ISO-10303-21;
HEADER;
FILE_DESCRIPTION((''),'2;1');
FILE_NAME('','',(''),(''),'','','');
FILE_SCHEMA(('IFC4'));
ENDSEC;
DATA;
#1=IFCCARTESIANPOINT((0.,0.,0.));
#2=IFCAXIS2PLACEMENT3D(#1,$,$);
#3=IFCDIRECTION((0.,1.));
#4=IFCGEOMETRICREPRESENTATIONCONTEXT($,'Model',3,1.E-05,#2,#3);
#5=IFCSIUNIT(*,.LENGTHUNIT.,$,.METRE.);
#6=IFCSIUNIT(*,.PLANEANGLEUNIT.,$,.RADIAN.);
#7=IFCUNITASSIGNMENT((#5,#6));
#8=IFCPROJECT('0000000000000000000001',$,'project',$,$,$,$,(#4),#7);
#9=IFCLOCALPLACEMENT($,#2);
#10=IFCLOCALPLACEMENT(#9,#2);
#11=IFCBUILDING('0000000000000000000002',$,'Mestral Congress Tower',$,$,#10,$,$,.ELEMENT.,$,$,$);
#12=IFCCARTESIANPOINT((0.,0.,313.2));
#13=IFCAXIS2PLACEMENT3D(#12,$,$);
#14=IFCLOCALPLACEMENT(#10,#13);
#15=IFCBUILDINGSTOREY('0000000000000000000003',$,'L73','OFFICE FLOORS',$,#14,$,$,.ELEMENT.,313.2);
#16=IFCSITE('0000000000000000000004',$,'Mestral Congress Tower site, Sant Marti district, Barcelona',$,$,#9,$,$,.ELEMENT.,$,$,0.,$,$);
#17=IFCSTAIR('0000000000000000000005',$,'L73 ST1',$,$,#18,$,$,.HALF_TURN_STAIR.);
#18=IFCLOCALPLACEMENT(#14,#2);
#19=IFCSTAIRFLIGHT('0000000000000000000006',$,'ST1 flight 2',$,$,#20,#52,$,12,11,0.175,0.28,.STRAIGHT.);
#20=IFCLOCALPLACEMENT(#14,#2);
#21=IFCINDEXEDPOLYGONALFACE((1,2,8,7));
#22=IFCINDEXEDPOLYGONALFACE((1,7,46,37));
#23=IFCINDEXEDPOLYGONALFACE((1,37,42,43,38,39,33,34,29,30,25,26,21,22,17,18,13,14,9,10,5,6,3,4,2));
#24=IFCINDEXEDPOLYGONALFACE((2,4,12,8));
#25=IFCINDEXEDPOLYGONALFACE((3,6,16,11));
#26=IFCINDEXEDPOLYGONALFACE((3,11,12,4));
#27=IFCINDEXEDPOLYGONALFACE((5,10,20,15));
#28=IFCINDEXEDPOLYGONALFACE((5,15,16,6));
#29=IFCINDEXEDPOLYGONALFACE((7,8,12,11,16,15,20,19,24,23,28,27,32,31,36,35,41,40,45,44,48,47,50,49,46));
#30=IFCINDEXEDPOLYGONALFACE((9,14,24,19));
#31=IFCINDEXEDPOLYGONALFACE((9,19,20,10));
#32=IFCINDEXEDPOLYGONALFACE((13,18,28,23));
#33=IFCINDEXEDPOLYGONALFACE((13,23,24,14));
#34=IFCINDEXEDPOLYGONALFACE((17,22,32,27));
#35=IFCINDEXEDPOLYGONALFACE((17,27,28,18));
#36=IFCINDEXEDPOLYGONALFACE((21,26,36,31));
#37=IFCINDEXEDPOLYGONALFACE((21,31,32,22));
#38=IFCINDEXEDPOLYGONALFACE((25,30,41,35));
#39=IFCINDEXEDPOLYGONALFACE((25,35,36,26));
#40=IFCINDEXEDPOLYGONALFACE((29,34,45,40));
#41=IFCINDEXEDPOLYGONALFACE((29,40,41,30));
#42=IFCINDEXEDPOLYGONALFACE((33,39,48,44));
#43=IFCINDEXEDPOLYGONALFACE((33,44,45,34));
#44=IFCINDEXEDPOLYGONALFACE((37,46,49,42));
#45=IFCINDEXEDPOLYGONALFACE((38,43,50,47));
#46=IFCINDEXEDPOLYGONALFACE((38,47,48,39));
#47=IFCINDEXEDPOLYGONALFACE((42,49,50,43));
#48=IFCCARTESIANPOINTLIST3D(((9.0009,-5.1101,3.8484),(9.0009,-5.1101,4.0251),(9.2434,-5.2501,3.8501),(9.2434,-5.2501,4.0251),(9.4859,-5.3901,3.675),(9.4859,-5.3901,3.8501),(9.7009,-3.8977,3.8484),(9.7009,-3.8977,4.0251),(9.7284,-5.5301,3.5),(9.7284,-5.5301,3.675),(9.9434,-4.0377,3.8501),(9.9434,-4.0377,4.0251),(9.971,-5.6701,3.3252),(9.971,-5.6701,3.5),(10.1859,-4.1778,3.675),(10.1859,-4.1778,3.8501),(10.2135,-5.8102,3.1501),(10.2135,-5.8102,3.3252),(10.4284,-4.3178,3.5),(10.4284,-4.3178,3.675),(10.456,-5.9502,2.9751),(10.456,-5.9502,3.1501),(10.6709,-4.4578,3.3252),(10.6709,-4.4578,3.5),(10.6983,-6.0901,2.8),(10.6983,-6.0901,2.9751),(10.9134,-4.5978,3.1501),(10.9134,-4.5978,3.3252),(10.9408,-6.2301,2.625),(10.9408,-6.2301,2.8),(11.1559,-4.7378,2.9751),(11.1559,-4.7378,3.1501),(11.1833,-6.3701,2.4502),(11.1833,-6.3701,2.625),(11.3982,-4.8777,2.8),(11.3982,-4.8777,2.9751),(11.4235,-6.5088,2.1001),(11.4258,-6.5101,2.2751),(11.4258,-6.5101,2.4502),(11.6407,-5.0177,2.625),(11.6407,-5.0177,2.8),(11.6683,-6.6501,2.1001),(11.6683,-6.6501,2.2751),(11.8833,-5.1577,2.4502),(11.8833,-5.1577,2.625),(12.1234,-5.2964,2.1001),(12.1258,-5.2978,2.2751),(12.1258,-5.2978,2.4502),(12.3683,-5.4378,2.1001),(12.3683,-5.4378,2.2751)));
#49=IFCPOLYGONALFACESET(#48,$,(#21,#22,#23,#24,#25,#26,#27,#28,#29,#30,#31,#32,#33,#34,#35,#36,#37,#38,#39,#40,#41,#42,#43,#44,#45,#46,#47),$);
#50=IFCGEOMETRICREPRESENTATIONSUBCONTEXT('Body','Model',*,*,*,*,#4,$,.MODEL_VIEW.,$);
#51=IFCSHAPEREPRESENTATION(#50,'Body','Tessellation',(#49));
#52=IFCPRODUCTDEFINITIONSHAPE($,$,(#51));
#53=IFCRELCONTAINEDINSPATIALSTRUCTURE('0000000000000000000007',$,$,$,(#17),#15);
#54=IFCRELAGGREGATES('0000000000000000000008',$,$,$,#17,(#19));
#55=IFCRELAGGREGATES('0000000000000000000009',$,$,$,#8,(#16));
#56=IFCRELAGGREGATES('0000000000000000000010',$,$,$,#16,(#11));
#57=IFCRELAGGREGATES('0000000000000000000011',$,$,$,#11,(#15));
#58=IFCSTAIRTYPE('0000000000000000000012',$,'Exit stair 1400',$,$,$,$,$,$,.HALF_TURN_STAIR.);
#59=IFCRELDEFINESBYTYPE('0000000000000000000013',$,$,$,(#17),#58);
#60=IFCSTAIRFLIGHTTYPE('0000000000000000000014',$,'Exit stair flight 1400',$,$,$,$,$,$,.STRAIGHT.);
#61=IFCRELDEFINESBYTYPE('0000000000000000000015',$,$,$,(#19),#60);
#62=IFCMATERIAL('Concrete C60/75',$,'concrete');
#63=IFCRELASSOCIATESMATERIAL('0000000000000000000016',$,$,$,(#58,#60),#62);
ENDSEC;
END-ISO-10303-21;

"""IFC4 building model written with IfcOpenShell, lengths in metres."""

from ifc_helpers import new_model, si_unit, direction, frame, origin, place, context, subcontext, project, spatial, polyline, outline, extrude, material, type_object, element, aggregate, save


model = new_model("IFC4")

# Units and contexts
model_context = context("Model", 3, precision=1e-05, world=origin(), true_north=direction((0.0, 1.0)))
body_context = subcontext(model_context, "Body", "Model", "MODEL_VIEW")
ifc_project = project(units=[si_unit("LENGTHUNIT", "METRE"), si_unit("PLANEANGLEUNIT", "RADIAN")], contexts=[model_context])

# Site, building, storey
site_placement = place(None, origin())
site = spatial("IfcSite", under=ifc_project, at=site_placement, Name="Mestral Congress Tower site, Sant Marti district, Barcelona", CompositionType="ELEMENT", RefElevation=0.0)
building_placement = place(site_placement, origin())
building = spatial("IfcBuilding", under=site, at=building_placement, Name="Mestral Congress Tower", CompositionType="ELEMENT")
storey_placement = place(building_placement, frame((0.0, 0.0, 313.2)))
storey = spatial("IfcBuildingStorey", under=building, at=storey_placement, Name="L73", Description="OFFICE FLOORS", CompositionType="ELEMENT", Elevation=313.2)

# Shared definitions
ifc_material_1 = material(Name="Concrete C60/75", Category="concrete")

# Stair, stair flight
stair_type = type_object("IfcStairType", Name="Exit stair 1400", PredefinedType="HALF_TURN_STAIR", material=ifc_material_1)
stair_placement = place(storey_placement, origin())
stair = element("IfcStair", 1, at=stair_placement, inside=storey, type_object=stair_type, Name="L73 ST1", PredefinedType="HALF_TURN_STAIR")
stair_flight_type = type_object("IfcStairFlightType", Name="Exit stair flight 1400", PredefinedType="STRAIGHT", material=ifc_material_1)
stair_flight_placement = place(storey_placement, frame((12.0183, -6.0439, 2.1001), z_axis=(0.0, 0.0, 1.0), x_axis=(-0.866025, 0.5, 0.0)))
stair_flight = element("IfcStairFlight", 2, at=stair_flight_placement, type_object=stair_flight_type, Name="ST1 flight 2", NumberOfRisers=12, NumberOfTreads=11, PredefinedType="STRAIGHT", RiserHeight=0.175, TreadLength=0.28, context=body_context, shape_type="SweptSolid", body=[
    extrude(outline(polyline([(0.0, 0.0), (0.0, 0.175), (0.28, 0.175), (0.28, 0.3501), (0.5601, 0.3501), (0.5601, 0.5249), (0.8401, 0.5249), (0.8401, 0.7), (1.1201, 0.7), (1.1201, 0.875), (1.3999, 0.875), (1.3999, 1.05), (1.6799, 1.05), (1.6799, 1.2251), (1.96, 1.2251), (1.96, 1.3999), (2.24, 1.3999), (2.24, 1.575), (2.52, 1.575), (2.52, 1.75), (2.8, 1.75), (2.8, 1.925), (3.0801, 1.925), (3.0801, 2.1001), (3.0801, 1.7483), (0.2827, 0.0), (0.0, 0.0)])), frame((0.0, 0.7, 0.0), z_axis=(0.0, -1.0, 0.0), x_axis=(1.0, 0.0, 0.0)), (0.0, 0.0, 1.0), 1.3999),
])
aggregate(stair, [stair_flight])

save(model, "model.ifc")
